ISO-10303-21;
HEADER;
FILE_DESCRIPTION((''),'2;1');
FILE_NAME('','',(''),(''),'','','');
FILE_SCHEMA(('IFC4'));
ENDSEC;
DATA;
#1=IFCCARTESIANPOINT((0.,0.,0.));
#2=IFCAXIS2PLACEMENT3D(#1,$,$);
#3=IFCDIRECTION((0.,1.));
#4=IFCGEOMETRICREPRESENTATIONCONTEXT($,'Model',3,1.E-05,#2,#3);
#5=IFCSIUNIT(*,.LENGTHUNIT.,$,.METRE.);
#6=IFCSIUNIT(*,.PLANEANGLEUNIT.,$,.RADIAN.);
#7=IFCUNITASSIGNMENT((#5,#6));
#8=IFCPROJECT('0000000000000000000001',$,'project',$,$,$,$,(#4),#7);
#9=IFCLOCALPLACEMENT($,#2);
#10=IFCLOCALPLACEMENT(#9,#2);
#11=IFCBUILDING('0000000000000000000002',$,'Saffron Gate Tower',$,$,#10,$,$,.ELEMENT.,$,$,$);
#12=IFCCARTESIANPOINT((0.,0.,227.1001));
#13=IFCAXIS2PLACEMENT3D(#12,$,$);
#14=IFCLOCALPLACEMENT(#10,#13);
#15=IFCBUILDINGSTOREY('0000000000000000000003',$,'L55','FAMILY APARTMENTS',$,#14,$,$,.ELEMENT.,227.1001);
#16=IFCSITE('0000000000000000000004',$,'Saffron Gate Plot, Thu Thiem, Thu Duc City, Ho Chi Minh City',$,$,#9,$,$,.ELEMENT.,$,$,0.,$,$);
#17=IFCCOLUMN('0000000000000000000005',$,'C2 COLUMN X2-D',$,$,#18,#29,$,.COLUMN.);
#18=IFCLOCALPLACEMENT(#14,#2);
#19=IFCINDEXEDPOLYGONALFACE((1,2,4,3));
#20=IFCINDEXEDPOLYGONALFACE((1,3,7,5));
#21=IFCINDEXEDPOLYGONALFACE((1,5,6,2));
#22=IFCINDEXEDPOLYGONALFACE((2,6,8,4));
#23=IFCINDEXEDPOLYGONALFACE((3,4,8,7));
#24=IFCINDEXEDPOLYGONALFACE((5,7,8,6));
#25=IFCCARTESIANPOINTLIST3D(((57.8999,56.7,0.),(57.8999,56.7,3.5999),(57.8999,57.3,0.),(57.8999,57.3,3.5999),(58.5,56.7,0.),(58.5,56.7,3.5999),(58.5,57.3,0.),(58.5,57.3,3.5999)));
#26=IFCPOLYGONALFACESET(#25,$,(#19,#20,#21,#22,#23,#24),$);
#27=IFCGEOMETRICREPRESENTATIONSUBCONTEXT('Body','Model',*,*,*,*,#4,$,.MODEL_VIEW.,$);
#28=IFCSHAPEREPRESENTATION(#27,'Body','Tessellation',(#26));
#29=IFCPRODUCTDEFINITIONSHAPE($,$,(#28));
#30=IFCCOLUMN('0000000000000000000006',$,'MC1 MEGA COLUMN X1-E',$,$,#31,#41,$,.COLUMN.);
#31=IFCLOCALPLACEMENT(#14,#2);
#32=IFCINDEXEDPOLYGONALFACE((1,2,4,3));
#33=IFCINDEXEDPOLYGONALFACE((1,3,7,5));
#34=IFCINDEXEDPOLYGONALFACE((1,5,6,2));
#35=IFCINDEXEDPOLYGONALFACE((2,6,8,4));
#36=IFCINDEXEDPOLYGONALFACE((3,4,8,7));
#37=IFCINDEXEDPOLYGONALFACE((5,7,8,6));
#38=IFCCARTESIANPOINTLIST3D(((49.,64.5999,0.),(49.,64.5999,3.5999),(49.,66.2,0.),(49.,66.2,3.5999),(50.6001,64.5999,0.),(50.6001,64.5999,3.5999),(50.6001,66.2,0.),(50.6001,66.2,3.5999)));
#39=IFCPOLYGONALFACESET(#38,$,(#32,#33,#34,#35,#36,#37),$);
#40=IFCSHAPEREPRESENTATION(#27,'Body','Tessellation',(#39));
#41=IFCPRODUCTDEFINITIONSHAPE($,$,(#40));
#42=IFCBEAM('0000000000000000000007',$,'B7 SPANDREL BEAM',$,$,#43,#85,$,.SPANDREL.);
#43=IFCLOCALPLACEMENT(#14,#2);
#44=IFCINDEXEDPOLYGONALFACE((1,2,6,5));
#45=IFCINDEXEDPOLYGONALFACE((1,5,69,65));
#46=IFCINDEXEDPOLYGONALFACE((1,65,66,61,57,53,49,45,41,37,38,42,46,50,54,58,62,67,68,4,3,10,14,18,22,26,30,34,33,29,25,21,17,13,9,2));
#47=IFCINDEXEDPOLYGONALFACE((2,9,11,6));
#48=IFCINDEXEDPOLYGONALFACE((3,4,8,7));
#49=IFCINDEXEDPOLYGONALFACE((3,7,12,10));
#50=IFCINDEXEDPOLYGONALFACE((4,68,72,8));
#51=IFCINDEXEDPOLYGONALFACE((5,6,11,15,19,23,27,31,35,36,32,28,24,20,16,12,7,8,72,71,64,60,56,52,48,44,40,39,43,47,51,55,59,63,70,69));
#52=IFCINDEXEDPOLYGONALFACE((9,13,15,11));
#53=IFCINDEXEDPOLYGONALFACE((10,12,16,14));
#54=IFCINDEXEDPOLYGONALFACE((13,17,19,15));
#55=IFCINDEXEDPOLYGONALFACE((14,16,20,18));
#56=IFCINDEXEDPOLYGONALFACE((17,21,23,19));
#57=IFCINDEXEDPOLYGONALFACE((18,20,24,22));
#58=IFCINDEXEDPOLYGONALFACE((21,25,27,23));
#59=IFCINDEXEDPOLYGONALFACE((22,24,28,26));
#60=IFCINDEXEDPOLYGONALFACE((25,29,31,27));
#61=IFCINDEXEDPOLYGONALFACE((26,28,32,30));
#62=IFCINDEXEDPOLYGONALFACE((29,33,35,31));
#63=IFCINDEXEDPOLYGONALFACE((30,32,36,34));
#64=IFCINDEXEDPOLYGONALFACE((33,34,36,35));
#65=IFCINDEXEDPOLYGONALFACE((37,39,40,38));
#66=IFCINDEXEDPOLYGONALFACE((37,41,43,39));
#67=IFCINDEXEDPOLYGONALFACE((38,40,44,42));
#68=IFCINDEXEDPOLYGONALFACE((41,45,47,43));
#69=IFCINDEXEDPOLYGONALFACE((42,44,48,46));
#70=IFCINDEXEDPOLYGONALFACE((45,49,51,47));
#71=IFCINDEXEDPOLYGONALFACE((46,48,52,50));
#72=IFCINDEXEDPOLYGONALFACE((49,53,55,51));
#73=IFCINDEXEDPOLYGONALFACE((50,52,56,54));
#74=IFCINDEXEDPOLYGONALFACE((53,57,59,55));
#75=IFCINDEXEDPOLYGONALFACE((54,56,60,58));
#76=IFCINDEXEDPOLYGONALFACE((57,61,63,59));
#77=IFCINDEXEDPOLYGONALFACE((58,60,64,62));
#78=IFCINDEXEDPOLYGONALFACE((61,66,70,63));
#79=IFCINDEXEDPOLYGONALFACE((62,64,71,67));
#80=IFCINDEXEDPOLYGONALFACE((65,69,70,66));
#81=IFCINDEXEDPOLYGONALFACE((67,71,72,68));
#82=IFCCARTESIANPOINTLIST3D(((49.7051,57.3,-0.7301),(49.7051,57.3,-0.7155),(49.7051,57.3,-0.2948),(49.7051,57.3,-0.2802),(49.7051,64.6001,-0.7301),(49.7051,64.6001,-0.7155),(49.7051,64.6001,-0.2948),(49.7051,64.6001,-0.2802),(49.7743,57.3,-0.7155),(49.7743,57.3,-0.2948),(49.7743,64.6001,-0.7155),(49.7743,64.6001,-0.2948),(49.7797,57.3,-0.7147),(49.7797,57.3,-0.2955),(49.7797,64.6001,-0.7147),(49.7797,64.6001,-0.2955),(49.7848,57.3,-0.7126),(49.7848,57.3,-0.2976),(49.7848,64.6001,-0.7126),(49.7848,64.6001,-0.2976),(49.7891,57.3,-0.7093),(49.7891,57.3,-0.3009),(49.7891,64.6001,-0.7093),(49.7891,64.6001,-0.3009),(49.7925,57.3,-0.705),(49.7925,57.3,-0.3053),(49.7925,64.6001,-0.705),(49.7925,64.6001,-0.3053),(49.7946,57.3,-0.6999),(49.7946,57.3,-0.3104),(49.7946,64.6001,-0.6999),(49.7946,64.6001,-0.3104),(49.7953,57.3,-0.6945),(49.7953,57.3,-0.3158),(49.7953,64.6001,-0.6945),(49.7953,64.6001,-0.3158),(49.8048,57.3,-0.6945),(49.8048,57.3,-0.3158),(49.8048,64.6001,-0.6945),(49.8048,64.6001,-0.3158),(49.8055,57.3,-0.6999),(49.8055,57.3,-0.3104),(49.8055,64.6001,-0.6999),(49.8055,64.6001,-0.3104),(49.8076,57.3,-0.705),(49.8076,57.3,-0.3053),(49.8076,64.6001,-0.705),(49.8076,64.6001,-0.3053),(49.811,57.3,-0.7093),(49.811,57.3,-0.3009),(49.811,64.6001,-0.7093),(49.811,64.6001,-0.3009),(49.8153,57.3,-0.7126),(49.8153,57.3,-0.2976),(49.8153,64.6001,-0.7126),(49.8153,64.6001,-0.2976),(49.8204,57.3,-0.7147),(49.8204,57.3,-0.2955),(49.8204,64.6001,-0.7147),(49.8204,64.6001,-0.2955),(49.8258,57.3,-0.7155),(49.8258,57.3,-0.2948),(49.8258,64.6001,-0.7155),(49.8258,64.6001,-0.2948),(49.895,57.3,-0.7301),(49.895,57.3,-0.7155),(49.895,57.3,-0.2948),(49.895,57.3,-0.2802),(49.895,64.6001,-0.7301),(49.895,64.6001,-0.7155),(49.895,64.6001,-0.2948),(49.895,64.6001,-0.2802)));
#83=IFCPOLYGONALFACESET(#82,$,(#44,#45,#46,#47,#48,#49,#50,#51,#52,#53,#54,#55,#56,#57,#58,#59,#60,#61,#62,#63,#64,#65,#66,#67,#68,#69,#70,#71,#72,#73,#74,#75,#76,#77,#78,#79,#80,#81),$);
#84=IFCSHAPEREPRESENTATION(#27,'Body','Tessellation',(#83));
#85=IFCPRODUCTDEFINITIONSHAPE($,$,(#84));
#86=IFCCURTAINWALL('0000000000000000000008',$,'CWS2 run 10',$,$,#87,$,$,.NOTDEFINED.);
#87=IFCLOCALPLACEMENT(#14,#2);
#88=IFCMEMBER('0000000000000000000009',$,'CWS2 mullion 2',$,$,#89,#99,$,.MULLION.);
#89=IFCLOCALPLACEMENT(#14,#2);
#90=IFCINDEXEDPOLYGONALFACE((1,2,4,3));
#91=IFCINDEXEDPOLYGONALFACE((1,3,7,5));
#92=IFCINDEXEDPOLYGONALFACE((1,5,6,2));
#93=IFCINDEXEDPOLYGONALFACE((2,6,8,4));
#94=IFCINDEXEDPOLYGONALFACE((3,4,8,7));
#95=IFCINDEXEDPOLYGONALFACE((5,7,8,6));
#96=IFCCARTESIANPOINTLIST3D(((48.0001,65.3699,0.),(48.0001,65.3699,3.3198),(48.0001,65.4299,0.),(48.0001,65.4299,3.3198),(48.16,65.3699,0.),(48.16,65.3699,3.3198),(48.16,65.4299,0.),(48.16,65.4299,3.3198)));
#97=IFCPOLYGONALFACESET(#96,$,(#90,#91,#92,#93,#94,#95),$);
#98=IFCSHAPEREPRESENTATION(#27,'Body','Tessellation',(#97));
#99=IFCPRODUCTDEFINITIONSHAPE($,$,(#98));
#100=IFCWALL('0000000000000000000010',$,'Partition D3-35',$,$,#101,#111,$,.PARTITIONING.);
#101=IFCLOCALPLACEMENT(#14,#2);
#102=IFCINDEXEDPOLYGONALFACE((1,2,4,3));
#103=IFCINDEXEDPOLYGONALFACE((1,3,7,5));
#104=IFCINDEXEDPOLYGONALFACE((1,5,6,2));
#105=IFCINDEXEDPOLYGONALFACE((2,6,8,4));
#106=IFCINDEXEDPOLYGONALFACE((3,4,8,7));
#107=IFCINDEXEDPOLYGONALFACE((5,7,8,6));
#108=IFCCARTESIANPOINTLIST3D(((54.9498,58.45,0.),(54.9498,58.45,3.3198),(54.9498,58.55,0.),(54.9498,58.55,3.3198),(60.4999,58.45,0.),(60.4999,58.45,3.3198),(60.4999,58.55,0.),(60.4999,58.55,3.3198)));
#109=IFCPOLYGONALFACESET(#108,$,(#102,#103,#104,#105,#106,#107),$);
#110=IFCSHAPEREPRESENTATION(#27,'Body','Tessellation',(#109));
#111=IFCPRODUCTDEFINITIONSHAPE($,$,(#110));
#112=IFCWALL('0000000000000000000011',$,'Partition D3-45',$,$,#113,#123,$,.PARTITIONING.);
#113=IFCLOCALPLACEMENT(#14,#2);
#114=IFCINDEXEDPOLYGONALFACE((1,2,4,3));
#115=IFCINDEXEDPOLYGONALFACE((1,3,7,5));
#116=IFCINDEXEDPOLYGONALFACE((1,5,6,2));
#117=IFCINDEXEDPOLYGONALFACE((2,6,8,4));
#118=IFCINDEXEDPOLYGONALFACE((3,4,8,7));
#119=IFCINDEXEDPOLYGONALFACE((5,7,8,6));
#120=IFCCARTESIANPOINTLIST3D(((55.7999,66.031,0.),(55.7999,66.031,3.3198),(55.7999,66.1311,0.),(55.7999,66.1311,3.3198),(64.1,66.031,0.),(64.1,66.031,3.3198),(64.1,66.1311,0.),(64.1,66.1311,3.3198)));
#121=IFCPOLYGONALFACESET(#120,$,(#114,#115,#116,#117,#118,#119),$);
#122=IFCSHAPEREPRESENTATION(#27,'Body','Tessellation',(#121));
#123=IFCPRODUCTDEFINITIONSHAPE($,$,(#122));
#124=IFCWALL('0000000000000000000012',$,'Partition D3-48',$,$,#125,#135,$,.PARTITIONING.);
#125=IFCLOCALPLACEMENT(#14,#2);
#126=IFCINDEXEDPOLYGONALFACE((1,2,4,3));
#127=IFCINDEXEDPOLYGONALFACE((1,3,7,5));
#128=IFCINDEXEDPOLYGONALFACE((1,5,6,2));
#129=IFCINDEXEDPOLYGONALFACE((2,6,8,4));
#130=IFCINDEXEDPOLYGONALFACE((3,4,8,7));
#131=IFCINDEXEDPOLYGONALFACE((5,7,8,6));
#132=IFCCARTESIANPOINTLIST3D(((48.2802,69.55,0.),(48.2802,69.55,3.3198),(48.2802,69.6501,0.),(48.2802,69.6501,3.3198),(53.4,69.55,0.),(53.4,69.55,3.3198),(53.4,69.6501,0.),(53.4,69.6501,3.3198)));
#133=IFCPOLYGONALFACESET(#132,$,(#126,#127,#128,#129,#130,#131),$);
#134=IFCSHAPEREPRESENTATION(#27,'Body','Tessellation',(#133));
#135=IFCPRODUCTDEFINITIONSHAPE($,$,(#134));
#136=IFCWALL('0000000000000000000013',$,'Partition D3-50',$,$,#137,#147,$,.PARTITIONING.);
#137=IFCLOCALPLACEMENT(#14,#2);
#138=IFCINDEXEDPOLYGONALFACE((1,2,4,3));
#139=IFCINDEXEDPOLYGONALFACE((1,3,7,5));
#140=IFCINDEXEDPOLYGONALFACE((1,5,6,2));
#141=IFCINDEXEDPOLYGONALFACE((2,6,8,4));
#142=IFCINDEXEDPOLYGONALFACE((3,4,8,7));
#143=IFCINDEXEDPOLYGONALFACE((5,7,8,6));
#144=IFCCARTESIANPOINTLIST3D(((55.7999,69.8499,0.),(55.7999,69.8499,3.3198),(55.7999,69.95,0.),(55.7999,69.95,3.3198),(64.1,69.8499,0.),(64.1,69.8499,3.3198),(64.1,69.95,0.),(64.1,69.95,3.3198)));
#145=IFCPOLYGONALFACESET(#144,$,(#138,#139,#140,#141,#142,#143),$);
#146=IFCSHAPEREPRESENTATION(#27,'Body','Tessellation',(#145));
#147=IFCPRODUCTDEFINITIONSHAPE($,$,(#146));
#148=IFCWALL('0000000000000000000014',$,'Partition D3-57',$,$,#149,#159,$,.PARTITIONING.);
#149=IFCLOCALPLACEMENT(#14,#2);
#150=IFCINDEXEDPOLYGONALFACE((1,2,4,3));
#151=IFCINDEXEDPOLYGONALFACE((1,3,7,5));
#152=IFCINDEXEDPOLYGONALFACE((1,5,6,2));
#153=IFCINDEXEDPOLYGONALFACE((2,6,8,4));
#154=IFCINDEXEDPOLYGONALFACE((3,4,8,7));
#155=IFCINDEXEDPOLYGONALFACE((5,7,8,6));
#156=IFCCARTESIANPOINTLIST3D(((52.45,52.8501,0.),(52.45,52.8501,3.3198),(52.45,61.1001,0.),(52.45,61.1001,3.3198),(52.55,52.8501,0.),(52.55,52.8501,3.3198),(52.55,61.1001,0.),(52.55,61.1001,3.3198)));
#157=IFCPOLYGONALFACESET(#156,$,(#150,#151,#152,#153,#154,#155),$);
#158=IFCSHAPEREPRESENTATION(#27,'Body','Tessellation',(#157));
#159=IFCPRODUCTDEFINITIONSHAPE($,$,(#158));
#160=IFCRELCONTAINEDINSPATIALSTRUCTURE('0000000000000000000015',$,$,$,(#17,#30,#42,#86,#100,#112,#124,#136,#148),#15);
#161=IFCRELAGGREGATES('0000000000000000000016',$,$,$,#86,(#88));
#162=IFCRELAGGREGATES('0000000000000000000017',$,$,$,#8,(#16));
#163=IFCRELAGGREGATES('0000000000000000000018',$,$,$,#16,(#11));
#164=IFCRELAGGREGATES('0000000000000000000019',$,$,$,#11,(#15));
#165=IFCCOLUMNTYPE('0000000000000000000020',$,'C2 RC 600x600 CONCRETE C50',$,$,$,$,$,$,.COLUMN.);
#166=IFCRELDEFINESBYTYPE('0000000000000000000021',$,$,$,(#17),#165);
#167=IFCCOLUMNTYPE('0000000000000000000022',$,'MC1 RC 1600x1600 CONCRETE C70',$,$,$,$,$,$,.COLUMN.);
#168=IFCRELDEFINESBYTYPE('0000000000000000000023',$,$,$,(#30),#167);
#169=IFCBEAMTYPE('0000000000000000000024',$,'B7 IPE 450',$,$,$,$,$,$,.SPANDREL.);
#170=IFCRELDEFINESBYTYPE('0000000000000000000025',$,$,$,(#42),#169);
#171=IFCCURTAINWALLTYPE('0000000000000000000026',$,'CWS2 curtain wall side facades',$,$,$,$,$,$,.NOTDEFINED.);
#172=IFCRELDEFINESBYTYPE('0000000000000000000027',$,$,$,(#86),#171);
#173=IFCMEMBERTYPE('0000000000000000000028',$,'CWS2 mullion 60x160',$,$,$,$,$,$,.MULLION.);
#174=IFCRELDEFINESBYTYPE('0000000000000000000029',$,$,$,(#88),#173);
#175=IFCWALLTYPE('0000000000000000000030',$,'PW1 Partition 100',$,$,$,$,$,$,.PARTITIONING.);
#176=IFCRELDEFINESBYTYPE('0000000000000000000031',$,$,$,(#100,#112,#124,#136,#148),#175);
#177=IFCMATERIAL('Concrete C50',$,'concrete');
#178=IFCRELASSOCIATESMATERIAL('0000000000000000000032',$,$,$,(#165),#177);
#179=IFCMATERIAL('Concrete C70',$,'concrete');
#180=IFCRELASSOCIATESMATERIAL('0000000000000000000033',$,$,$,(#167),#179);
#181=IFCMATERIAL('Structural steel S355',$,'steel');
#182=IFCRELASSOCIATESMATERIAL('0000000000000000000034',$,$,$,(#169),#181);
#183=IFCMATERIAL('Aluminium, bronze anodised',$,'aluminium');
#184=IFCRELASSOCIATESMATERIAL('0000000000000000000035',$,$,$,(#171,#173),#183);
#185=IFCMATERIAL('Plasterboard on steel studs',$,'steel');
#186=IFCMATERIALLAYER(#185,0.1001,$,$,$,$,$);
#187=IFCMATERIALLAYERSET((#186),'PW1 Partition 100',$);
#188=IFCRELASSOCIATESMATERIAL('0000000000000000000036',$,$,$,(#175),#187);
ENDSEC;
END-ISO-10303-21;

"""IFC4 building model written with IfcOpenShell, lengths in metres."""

from ifc_helpers import new_model, si_unit, direction, frame, frame_2d, origin, origin_2d, place, context, subcontext, project, spatial, rectangle, i_section, extrude, material, layer, layer_set, material_profile, profile_set, type_object, element, aggregate, save


model = new_model("IFC4")

# Units and contexts
model_context = context("Model", 3, precision=1e-05, world=origin(), true_north=direction((0.0, 1.0)))
body_context = subcontext(model_context, "Body", "Model", "MODEL_VIEW")
ifc_project = project(units=[si_unit("LENGTHUNIT", "METRE"), si_unit("PLANEANGLEUNIT", "RADIAN")], contexts=[model_context])

# Site, building, storey
site_placement = place(None, origin())
site = spatial("IfcSite", under=ifc_project, at=site_placement, Name="Saffron Gate Plot, Thu Thiem, Thu Duc City, Ho Chi Minh City", CompositionType="ELEMENT", RefElevation=0.0)
building_placement = place(site_placement, origin())
building = spatial("IfcBuilding", under=site, at=building_placement, Name="Saffron Gate Tower", CompositionType="ELEMENT")
storey_placement = place(building_placement, frame((0.0, 0.0, 227.1001)))
storey = spatial("IfcBuildingStorey", under=building, at=storey_placement, Name="L55", Description="FAMILY APARTMENTS", CompositionType="ELEMENT", Elevation=227.1001)

# Columns
ifc_material_1 = material(Name="Concrete C50", Category="concrete")
ifc_material_profile_1 = material_profile(ifc_material_1, rectangle(XDim=0.6001, YDim=0.6001, at=origin_2d()))
ifc_profile_set_1 = profile_set([ifc_material_profile_1], Name="Concrete C50")
column_type_1 = type_object("IfcColumnType", Name="C2 RC 600x600 CONCRETE C50", PredefinedType="COLUMN", material=ifc_profile_set_1)
column_1_placement = place(storey_placement, frame((58.2, 57.0, 0.0), z_axis=(0.0, 0.0, 1.0), x_axis=(1.0, 0.0, 0.0)))
element("IfcColumn", 1, at=column_1_placement, inside=storey, type_object=column_type_1, Name="C2 COLUMN X2-D", PredefinedType="COLUMN", context=body_context, shape_type="SweptSolid", body=[
    extrude(rectangle(XDim=0.6001, YDim=0.6001, at=origin_2d()), origin(), (0.0, 0.0, 1.0), 3.5999),
])
ifc_material_2 = material(Name="Concrete C70", Category="concrete")
ifc_material_profile_2 = material_profile(ifc_material_2, rectangle(XDim=1.6001, YDim=1.6001, at=origin_2d()))
ifc_profile_set_2 = profile_set([ifc_material_profile_2], Name="Concrete C70")
column_type_2 = type_object("IfcColumnType", Name="MC1 RC 1600x1600 CONCRETE C70", PredefinedType="COLUMN", material=ifc_profile_set_2)
column_2_placement = place(storey_placement, frame((49.8, 65.3999, 0.0), z_axis=(0.0, 0.0, 1.0), x_axis=(1.0, 0.0, 0.0)))
element("IfcColumn", 2, at=column_2_placement, inside=storey, type_object=column_type_2, Name="MC1 MEGA COLUMN X1-E", PredefinedType="COLUMN", context=body_context, shape_type="SweptSolid", body=[
    extrude(rectangle(XDim=1.6001, YDim=1.6001, at=origin_2d()), origin(), (0.0, 0.0, 1.0), 3.5999),
])

# Beam
ifc_material_3 = material(Name="Structural steel S355", Category="steel")
ifc_material_profile_3 = material_profile(ifc_material_3, i_section(OverallWidth=0.1899, OverallDepth=0.45, WebThickness=0.0095, FlangeThickness=0.0146, FilletRadius=0.021, at=origin_2d()))
ifc_profile_set_3 = profile_set([ifc_material_profile_3], Name="Structural steel S355")
beam_type = type_object("IfcBeamType", Name="B7 IPE 450", PredefinedType="SPANDREL", material=ifc_profile_set_3)
beam_placement = place(storey_placement, frame((49.8, 57.3, -0.5051), z_axis=(0.0, 1.0, 0.0), x_axis=(-1.0, 0.0, 0.0)))
element("IfcBeam", 3, at=beam_placement, inside=storey, type_object=beam_type, Name="B7 SPANDREL BEAM", PredefinedType="SPANDREL", context=body_context, shape_type="SweptSolid", body=[
    extrude(i_section(OverallWidth=0.1899, OverallDepth=0.45, WebThickness=0.0095, FlangeThickness=0.0146, FilletRadius=0.021, at=origin_2d()), origin(), (0.0, 0.0, 1.0), 7.3),
])

# Curtain wall, member
ifc_material_4 = material(Name="Aluminium, bronze anodised", Category="aluminium")
curtain_wall_type = type_object("IfcCurtainWallType", Name="CWS2 curtain wall side facades", PredefinedType="NOTDEFINED", material=ifc_material_4)
curtain_wall_placement = place(storey_placement, origin())
curtain_wall = element("IfcCurtainWall", 4, at=curtain_wall_placement, inside=storey, type_object=curtain_wall_type, Name="CWS2 run 10", PredefinedType="NOTDEFINED")
ifc_material_profile_4 = material_profile(ifc_material_4, rectangle(XDim=0.1599, YDim=0.0601, at=origin_2d()))
ifc_profile_set_4 = profile_set([ifc_material_profile_4], Name="Aluminium, bronze anodised")
member_type = type_object("IfcMemberType", Name="CWS2 mullion 60x160", PredefinedType="MULLION", material=ifc_profile_set_4)
member_placement = place(storey_placement, frame((48.0801, 65.3999, 0.0), z_axis=(0.0, 0.0, 1.0), x_axis=(1.0, 0.0, 0.0)))
member = element("IfcMember", 5, at=member_placement, type_object=member_type, Name="CWS2 mullion 2", PredefinedType="MULLION", context=body_context, shape_type="SweptSolid", body=[
    extrude(rectangle(XDim=0.1599, YDim=0.0601, at=origin_2d()), origin(), (0.0, 0.0, 1.0), 3.3198),
])
aggregate(curtain_wall, [member])

# Walls
ifc_material_5 = material(Name="Plasterboard on steel studs", Category="steel")
ifc_layer_1 = layer(ifc_material_5, 0.1001)
ifc_layer_set_1 = layer_set([ifc_layer_1], Name="PW1 Partition 100")
wall_type_1 = type_object("IfcWallType", Name="PW1 Partition 100", PredefinedType="PARTITIONING", material=ifc_layer_set_1)
wall_1_placement = place(storey_placement, frame((54.95, 58.5, 0.0), z_axis=(0.0, 0.0, 1.0), x_axis=(1.0, 0.0, 0.0)))
element("IfcWall", 6, at=wall_1_placement, inside=storey, type_object=wall_type_1, Name="Partition D3-35", PredefinedType="PARTITIONING", context=body_context, shape_type="SweptSolid", body=[
    extrude(rectangle(XDim=5.55, YDim=0.1001, at=frame_2d((2.7749, 0.0))), origin(), (0.0, 0.0, 1.0), 3.3198),
])
wall_2_placement = place(storey_placement, frame((55.8, 66.0811, 0.0), z_axis=(0.0, 0.0, 1.0), x_axis=(1.0, 0.0, 0.0)))
element("IfcWall", 7, at=wall_2_placement, inside=storey, type_object=wall_type_1, Name="Partition D3-45", PredefinedType="PARTITIONING", context=body_context, shape_type="SweptSolid", body=[
    extrude(rectangle(XDim=8.3, YDim=0.1001, at=frame_2d((4.1499, 0.0))), origin(), (0.0, 0.0, 1.0), 3.3198),
])
wall_3_placement = place(storey_placement, frame((48.28, 69.6001, 0.0), z_axis=(0.0, 0.0, 1.0), x_axis=(1.0, 0.0, 0.0)))
element("IfcWall", 8, at=wall_3_placement, inside=storey, type_object=wall_type_1, Name="Partition D3-48", PredefinedType="PARTITIONING", context=body_context, shape_type="SweptSolid", body=[
    extrude(rectangle(XDim=5.1199, YDim=0.1001, at=frame_2d((2.5601, 0.0))), origin(), (0.0, 0.0, 1.0), 3.3198),
])
wall_4_placement = place(storey_placement, frame((55.8, 69.8999, 0.0), z_axis=(0.0, 0.0, 1.0), x_axis=(1.0, 0.0, 0.0)))
element("IfcWall", 9, at=wall_4_placement, inside=storey, type_object=wall_type_1, Name="Partition D3-50", PredefinedType="PARTITIONING", context=body_context, shape_type="SweptSolid", body=[
    extrude(rectangle(XDim=8.3, YDim=0.1001, at=frame_2d((4.1499, 0.0))), origin(), (0.0, 0.0, 1.0), 3.3198),
])
wall_5_placement = place(storey_placement, frame((52.5, 61.1001, 0.0), z_axis=(0.0, 0.0, 1.0), x_axis=(0.0, -1.0, 0.0)))
element("IfcWall", 10, at=wall_5_placement, inside=storey, type_object=wall_type_1, Name="Partition D3-57", PredefinedType="PARTITIONING", context=body_context, shape_type="SweptSolid", body=[
    extrude(rectangle(XDim=8.25, YDim=0.1001, at=frame_2d((4.125, 0.0))), origin(), (0.0, 0.0, 1.0), 3.3198),
])

save(model, "model.ifc")
